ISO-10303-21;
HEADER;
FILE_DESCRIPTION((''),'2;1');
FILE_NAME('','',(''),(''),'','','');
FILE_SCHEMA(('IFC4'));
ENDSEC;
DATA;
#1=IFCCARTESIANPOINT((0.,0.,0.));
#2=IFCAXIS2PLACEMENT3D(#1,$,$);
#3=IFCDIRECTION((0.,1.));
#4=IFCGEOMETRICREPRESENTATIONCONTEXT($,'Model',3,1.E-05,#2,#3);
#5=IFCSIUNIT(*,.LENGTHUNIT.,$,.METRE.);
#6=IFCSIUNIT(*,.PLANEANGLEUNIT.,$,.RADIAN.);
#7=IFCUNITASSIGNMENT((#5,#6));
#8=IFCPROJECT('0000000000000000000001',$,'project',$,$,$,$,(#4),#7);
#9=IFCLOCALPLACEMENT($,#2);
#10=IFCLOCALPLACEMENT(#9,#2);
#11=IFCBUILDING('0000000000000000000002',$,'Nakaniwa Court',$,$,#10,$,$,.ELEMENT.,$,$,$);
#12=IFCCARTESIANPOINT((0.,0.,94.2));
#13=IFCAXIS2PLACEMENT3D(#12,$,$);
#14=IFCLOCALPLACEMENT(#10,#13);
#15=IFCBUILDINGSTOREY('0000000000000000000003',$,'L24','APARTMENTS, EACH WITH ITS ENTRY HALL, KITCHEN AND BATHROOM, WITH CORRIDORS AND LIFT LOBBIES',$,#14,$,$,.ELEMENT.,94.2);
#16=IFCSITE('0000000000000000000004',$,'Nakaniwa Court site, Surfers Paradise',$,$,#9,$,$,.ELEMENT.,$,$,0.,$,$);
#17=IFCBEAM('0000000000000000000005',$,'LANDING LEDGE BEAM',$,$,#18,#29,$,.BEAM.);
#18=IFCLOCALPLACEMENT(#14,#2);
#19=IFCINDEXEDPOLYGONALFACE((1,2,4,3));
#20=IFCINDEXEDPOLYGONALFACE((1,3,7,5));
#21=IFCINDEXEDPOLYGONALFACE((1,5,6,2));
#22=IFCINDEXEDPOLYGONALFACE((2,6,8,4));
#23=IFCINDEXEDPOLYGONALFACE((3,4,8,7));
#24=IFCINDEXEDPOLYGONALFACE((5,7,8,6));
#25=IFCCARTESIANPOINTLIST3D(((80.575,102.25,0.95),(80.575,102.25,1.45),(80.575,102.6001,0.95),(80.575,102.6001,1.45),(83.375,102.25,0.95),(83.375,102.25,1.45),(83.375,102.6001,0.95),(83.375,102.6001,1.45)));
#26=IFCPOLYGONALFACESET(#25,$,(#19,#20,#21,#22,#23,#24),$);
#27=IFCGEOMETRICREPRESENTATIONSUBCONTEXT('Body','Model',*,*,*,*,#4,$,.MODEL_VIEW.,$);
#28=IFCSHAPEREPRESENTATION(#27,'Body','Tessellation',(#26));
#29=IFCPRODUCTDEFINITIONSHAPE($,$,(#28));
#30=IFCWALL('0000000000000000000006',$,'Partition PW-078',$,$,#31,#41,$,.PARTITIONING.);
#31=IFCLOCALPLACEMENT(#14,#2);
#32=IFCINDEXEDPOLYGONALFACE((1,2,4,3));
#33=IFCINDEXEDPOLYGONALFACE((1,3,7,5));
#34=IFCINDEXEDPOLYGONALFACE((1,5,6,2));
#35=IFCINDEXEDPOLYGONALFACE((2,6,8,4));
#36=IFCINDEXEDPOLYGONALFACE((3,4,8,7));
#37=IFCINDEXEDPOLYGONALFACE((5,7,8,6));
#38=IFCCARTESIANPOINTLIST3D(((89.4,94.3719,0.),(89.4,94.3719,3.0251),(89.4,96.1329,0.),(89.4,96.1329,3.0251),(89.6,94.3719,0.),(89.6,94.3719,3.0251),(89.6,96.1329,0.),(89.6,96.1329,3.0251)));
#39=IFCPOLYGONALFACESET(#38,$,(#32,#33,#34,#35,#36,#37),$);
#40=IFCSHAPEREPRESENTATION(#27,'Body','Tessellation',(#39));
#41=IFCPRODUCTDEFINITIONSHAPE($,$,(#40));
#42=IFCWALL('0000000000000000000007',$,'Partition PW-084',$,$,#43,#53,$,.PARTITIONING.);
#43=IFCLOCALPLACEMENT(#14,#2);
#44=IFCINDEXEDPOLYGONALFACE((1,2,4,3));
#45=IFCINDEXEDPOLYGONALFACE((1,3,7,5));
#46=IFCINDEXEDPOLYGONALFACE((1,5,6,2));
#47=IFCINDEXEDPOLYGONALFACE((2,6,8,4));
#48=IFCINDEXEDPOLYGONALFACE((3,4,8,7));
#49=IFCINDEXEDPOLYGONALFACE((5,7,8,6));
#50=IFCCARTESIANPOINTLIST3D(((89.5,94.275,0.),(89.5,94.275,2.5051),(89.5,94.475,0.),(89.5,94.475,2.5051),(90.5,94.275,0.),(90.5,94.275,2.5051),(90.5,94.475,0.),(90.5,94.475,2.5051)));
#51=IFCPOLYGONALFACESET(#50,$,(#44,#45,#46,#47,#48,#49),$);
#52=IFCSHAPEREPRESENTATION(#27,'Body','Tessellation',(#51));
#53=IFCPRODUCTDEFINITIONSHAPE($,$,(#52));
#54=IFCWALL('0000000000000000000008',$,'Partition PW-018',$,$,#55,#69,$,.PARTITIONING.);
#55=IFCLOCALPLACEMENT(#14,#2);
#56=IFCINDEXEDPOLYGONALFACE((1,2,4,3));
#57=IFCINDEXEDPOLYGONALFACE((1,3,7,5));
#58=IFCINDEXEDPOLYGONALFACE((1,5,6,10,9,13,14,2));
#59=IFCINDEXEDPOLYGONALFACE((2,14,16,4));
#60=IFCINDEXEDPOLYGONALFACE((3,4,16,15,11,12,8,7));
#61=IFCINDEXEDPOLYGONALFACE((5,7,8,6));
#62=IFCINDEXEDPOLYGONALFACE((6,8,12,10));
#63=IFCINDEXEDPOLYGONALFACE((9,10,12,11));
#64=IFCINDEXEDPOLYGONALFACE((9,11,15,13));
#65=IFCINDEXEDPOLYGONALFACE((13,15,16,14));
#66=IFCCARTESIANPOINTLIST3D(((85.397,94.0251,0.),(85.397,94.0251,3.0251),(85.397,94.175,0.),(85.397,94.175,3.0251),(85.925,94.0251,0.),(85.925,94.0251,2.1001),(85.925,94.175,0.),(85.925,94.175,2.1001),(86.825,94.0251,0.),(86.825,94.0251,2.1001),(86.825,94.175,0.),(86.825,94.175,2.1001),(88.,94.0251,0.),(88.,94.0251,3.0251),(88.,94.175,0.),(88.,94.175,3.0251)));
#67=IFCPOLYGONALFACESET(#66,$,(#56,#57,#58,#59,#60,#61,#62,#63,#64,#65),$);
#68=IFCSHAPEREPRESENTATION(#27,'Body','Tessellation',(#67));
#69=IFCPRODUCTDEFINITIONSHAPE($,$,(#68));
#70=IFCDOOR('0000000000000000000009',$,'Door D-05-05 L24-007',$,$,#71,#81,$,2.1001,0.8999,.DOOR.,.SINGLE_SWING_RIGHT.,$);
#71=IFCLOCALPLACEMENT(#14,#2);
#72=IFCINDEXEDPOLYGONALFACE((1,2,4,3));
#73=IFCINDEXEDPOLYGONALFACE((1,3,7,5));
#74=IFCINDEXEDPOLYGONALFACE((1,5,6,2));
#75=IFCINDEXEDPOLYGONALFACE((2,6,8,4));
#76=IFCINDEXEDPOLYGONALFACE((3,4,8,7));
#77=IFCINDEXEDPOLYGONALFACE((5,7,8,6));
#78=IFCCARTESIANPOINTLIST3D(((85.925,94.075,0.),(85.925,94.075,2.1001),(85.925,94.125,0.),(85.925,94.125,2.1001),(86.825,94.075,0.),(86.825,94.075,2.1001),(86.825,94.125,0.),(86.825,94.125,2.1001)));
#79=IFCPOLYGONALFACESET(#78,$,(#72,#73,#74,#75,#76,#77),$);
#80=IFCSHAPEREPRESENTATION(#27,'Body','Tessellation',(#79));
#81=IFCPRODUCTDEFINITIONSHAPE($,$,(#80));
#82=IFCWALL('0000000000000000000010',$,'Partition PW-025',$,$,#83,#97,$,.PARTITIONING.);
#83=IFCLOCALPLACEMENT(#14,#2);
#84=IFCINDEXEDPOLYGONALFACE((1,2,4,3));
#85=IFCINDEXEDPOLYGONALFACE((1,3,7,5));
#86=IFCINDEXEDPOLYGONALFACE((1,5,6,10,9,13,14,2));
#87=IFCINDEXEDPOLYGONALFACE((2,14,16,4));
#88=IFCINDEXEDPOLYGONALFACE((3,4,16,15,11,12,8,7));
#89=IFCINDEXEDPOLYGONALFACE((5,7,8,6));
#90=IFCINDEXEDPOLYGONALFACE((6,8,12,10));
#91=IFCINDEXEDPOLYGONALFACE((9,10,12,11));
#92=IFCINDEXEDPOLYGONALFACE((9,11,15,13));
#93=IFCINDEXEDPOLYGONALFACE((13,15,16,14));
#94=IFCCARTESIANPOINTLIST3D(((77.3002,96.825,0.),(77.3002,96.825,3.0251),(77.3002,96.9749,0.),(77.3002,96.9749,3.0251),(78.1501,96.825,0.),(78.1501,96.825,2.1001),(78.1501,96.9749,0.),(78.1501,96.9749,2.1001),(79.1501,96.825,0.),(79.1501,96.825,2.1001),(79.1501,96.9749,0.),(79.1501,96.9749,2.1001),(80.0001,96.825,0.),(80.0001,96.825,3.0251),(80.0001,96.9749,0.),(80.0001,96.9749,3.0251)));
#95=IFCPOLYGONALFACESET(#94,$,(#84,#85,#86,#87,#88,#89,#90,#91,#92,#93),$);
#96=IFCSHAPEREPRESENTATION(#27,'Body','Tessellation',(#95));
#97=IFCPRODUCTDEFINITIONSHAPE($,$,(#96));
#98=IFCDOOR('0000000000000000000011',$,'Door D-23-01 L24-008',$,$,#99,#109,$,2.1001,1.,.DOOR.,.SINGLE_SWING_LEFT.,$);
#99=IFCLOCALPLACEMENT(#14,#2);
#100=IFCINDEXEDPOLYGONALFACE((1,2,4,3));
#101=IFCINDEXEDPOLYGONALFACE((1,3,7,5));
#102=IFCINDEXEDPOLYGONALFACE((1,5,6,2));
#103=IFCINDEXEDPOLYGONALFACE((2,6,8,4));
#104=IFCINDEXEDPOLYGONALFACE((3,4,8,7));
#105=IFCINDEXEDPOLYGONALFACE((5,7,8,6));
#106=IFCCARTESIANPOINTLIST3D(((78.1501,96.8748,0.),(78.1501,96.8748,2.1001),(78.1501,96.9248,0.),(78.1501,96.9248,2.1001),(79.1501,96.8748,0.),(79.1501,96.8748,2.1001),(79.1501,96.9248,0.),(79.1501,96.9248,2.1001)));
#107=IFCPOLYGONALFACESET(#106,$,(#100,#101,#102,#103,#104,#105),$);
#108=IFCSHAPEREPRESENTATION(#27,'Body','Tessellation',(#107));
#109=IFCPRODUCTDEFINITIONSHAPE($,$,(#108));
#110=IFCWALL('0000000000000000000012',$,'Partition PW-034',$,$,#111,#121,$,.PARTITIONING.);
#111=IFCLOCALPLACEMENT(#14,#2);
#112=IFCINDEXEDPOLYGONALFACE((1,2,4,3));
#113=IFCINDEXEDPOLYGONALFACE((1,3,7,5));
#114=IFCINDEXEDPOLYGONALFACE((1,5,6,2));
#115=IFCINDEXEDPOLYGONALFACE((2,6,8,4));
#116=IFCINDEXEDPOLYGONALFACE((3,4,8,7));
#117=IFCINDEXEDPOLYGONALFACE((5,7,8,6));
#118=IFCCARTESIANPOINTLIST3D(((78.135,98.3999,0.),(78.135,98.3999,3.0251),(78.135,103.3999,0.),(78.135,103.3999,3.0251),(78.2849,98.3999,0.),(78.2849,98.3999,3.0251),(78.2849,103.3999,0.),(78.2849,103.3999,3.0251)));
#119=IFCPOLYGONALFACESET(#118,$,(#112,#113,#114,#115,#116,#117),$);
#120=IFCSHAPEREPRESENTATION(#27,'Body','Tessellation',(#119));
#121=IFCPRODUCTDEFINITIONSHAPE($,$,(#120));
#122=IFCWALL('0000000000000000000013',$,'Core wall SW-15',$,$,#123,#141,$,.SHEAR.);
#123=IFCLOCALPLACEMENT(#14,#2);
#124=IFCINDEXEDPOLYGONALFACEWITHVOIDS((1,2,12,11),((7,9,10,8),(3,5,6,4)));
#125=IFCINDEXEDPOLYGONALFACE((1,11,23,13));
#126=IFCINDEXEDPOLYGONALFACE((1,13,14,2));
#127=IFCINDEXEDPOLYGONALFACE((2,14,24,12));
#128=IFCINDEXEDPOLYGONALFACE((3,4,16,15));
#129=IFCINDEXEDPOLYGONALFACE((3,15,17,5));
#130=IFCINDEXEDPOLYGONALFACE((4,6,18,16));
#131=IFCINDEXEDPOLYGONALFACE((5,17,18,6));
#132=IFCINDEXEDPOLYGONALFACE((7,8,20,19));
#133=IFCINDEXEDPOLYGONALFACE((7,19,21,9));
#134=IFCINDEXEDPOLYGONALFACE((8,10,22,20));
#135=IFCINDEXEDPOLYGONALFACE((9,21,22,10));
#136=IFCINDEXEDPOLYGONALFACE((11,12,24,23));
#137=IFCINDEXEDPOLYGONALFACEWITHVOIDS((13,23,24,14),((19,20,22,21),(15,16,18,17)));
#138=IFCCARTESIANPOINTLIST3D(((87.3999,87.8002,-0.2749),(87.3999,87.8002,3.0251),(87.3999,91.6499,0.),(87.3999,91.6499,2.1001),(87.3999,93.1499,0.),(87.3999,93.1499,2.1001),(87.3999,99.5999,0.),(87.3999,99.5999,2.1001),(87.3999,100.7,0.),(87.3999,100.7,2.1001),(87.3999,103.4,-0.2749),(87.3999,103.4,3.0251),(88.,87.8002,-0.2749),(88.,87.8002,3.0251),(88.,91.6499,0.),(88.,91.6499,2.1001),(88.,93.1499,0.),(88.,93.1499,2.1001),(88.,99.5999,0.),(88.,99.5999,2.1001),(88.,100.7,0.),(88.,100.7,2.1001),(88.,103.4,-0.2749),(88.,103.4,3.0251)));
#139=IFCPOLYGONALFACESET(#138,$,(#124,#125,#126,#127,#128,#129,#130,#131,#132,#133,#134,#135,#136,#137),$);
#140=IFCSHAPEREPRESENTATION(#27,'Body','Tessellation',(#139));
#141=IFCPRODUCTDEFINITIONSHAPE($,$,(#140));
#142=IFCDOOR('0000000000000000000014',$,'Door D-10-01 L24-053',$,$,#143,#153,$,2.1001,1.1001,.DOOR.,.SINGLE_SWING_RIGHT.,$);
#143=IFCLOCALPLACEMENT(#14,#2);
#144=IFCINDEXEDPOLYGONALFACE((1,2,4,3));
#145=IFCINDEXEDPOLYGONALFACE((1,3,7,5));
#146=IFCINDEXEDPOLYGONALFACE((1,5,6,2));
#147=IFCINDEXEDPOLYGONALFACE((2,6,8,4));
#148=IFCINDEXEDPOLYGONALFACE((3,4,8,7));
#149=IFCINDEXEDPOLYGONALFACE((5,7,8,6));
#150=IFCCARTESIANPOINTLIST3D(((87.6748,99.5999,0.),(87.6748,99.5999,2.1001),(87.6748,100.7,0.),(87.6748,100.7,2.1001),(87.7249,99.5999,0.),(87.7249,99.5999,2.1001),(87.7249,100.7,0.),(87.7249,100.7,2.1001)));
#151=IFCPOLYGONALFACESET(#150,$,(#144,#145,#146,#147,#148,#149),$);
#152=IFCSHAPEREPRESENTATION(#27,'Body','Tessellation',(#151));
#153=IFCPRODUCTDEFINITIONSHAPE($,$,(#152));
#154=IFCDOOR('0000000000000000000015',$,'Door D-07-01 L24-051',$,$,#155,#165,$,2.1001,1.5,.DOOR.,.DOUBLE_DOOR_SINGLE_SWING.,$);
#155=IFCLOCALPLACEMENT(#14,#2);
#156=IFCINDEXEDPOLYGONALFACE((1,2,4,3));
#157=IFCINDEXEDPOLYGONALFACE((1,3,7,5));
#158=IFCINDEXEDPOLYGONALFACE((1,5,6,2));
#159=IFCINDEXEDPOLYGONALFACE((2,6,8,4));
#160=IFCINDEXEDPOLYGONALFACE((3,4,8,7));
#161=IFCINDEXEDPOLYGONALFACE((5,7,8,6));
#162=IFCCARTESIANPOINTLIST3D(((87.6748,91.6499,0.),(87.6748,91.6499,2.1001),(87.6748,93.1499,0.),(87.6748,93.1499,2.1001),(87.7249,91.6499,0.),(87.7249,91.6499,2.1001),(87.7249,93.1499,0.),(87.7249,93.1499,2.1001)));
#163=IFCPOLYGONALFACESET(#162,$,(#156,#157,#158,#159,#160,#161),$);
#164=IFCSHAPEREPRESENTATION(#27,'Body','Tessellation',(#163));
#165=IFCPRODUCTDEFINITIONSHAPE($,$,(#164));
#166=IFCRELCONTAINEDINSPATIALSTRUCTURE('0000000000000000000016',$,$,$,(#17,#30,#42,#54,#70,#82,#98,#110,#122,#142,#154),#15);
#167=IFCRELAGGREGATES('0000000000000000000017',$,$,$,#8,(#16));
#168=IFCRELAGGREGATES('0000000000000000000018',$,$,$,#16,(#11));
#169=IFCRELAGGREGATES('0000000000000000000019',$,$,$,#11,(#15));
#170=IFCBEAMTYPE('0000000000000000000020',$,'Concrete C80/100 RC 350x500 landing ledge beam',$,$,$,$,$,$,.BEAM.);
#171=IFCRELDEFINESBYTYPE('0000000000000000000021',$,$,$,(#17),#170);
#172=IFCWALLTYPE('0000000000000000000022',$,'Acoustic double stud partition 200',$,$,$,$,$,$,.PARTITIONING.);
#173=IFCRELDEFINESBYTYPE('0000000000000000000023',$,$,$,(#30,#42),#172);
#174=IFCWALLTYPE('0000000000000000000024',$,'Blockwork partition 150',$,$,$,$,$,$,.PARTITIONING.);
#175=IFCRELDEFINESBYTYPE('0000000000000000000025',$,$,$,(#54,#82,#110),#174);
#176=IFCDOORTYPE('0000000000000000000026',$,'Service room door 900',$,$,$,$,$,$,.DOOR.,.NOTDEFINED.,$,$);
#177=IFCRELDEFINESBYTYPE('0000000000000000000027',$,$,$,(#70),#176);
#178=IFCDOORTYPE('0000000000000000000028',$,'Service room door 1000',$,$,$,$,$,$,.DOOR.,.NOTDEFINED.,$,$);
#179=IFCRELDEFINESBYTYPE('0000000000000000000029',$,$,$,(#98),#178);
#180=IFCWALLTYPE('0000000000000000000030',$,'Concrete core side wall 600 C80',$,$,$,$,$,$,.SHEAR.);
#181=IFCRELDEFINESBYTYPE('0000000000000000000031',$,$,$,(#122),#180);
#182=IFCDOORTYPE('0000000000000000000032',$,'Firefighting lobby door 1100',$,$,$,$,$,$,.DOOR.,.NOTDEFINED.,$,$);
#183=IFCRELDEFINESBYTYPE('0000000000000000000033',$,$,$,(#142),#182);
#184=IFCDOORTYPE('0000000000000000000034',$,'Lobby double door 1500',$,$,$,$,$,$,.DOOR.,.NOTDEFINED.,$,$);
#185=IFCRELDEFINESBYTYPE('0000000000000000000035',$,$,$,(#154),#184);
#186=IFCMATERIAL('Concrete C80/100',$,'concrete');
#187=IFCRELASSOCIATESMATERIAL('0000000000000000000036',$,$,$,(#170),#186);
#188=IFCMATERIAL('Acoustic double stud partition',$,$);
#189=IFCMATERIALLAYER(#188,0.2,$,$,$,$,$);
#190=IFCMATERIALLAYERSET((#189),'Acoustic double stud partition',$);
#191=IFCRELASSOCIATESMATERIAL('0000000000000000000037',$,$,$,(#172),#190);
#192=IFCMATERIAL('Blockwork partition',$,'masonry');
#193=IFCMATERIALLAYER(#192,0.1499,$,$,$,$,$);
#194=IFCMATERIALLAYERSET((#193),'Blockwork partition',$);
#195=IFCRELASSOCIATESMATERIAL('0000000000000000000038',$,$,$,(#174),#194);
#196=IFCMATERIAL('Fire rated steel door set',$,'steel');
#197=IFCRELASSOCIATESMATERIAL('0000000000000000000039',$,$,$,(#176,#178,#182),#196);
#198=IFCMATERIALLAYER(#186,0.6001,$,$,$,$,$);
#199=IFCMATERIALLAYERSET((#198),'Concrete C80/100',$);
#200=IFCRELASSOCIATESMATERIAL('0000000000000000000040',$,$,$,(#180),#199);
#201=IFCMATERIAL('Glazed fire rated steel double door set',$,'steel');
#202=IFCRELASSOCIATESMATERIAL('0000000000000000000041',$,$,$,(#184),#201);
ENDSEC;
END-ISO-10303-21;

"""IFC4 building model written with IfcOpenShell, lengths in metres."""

from ifc_helpers import new_model, si_unit, direction, frame, frame_2d, origin, origin_2d, place, context, subcontext, project, spatial, rectangle, extrude, material, layer, layer_set, material_profile, profile_set, type_object, element, fill, save


model = new_model("IFC4")

# Units and contexts
model_context = context("Model", 3, precision=1e-05, world=origin(), true_north=direction((0.0, 1.0)))
body_context = subcontext(model_context, "Body", "Model", "MODEL_VIEW")
ifc_project = project(units=[si_unit("LENGTHUNIT", "METRE"), si_unit("PLANEANGLEUNIT", "RADIAN")], contexts=[model_context])

# Site, building, storey
site_placement = place(None, origin())
site = spatial("IfcSite", under=ifc_project, at=site_placement, Name="Nakaniwa Court site, Surfers Paradise", CompositionType="ELEMENT", RefElevation=0.0)
building_placement = place(site_placement, origin())
building = spatial("IfcBuilding", under=site, at=building_placement, Name="Nakaniwa Court", CompositionType="ELEMENT")
storey_placement = place(building_placement, frame((0.0, 0.0, 94.2)))
storey = spatial("IfcBuildingStorey", under=building, at=storey_placement, Name="L24", Description="APARTMENTS, EACH WITH ITS ENTRY HALL, KITCHEN AND BATHROOM, WITH CORRIDORS AND LIFT LOBBIES", CompositionType="ELEMENT", Elevation=94.2)

# Beam
ifc_material_1 = material(Name="Concrete C80/100", Category="concrete")
ifc_material_profile = material_profile(ifc_material_1, rectangle(XDim=0.3501, YDim=0.5, at=origin_2d()), Name="Concrete C80/100 RC 350x500 landing ledge beam")
ifc_profile_set = profile_set([ifc_material_profile], Name="Concrete C80/100")
beam_type = type_object("IfcBeamType", Name="Concrete C80/100 RC 350x500 landing ledge beam", PredefinedType="BEAM", material=ifc_profile_set)
beam_placement = place(storey_placement, frame((80.575, 102.425, 1.2), z_axis=(1.0, 0.0, 0.0), x_axis=(0.0, 1.0, 0.0)))
element("IfcBeam", 1, at=beam_placement, inside=storey, type_object=beam_type, Name="LANDING LEDGE BEAM", PredefinedType="BEAM", context=body_context, shape_type="SweptSolid", body=[
    extrude(rectangle(XDim=0.3501, YDim=0.5, at=origin_2d()), origin(), (0.0, 0.0, 1.0), 2.8),
])

# Walls
ifc_material_2 = material(Name="Acoustic double stud partition")
ifc_layer_1 = layer(ifc_material_2, 0.2)
ifc_layer_set_1 = layer_set([ifc_layer_1], Name="Acoustic double stud partition")
wall_type_1 = type_object("IfcWallType", Name="Acoustic double stud partition 200", PredefinedType="PARTITIONING", material=ifc_layer_set_1)
wall_1_placement = place(storey_placement, frame((89.5, 94.3721, 0.0), z_axis=(0.0, 0.0, 1.0), x_axis=(0.0, 1.0, 0.0)))
element("IfcWall", 2, at=wall_1_placement, inside=storey, type_object=wall_type_1, Name="Partition PW-078", PredefinedType="PARTITIONING", context=body_context, shape_type="SweptSolid", body=[
    extrude(rectangle(XDim=1.761, YDim=0.2, at=frame_2d((0.8804, 0.0))), origin(), (0.0, 0.0, 1.0), 3.0251),
])
wall_2_placement = place(storey_placement, frame((89.5, 94.375, 0.0), z_axis=(0.0, 0.0, 1.0), x_axis=(1.0, 0.0, 0.0)))
element("IfcWall", 3, at=wall_2_placement, inside=storey, type_object=wall_type_1, Name="Partition PW-084", PredefinedType="PARTITIONING", context=body_context, shape_type="SweptSolid", body=[
    extrude(rectangle(XDim=1.0, YDim=0.2, at=frame_2d((0.5, 0.0))), origin(), (0.0, 0.0, 1.0), 2.5051),
])

# Walls, openings, doors
ifc_material_3 = material(Name="Blockwork partition", Category="masonry")
ifc_layer_2 = layer(ifc_material_3, 0.1499)
ifc_layer_set_2 = layer_set([ifc_layer_2], Name="Blockwork partition")
wall_type_2 = type_object("IfcWallType", Name="Blockwork partition 150", PredefinedType="PARTITIONING", material=ifc_layer_set_2)
wall_3_placement = place(storey_placement, frame((85.397, 94.1001, 0.0), z_axis=(0.0, 0.0, 1.0), x_axis=(1.0, 0.0, 0.0)))
wall_3 = element("IfcWall", 4, at=wall_3_placement, inside=storey, type_object=wall_type_2, Name="Partition PW-018", PredefinedType="PARTITIONING", context=body_context, shape_type="SweptSolid", body=[
    extrude(rectangle(XDim=2.603, YDim=0.1499, at=frame_2d((1.3015, 0.0))), origin(), (0.0, 0.0, 1.0), 3.0251),
])
opening_1_placement = place(wall_3_placement, frame((0.5281, 0.0, 0.0)))
opening_1 = element("IfcOpeningElement", 5, at=opening_1_placement, cuts=wall_3, PredefinedType="OPENING", context=body_context, shape_type="SweptSolid", body=[
    extrude(rectangle(XDim=0.8999, YDim=2.1001, at=frame_2d((0.45, 1.05))), frame((0.0, 0.085, 0.0), z_axis=(0.0, -1.0, 0.0), x_axis=(1.0, 0.0, 0.0)), (0.0, 0.0, 1.0), 0.1699),
])
ifc_material_4 = material(Name="Fire rated steel door set", Category="steel")
door_type_1 = type_object("IfcDoorType", Name="Service room door 900", OperationType="NOTDEFINED", PredefinedType="DOOR", material=ifc_material_4)
door_1_placement = place(opening_1_placement, origin())
door_1 = element("IfcDoor", 6, at=door_1_placement, inside=storey, type_object=door_type_1, Name="Door D-05-05 L24-007", OperationType="SINGLE_SWING_RIGHT", OverallHeight=2.1001, OverallWidth=0.8999, PredefinedType="DOOR", context=body_context, shape_type="SweptSolid", body=[
    extrude(rectangle(XDim=0.8999, YDim=2.1001, at=frame_2d((0.45, 1.05))), frame((0.0, 0.0249, 0.0), z_axis=(0.0, -1.0, 0.0), x_axis=(1.0, 0.0, 0.0)), (0.0, 0.0, 1.0), 0.05),
])
fill(opening_1, door_1)
wall_4_placement = place(storey_placement, frame((77.3, 96.8999, 0.0), z_axis=(0.0, 0.0, 1.0), x_axis=(1.0, 0.0, 0.0)))
wall_4 = element("IfcWall", 7, at=wall_4_placement, inside=storey, type_object=wall_type_2, Name="Partition PW-025", PredefinedType="PARTITIONING", context=body_context, shape_type="SweptSolid", body=[
    extrude(rectangle(XDim=2.7, YDim=0.1499, at=frame_2d((1.3501, 0.0))), origin(), (0.0, 0.0, 1.0), 3.0251),
])
opening_2_placement = place(wall_4_placement, frame((0.8501, 0.0, 0.0)))
opening_2 = element("IfcOpeningElement", 8, at=opening_2_placement, cuts=wall_4, PredefinedType="OPENING", context=body_context, shape_type="SweptSolid", body=[
    extrude(rectangle(XDim=1.0, YDim=2.1001, at=frame_2d((0.5, 1.05))), frame((0.0, 0.085, 0.0), z_axis=(0.0, -1.0, 0.0), x_axis=(1.0, 0.0, 0.0)), (0.0, 0.0, 1.0), 0.1699),
])
door_type_2 = type_object("IfcDoorType", Name="Service room door 1000", OperationType="NOTDEFINED", PredefinedType="DOOR", material=ifc_material_4)
door_2_placement = place(opening_2_placement, origin())
door_2 = element("IfcDoor", 9, at=door_2_placement, inside=storey, type_object=door_type_2, Name="Door D-23-01 L24-008", OperationType="SINGLE_SWING_LEFT", OverallHeight=2.1001, OverallWidth=1.0, PredefinedType="DOOR", context=body_context, shape_type="SweptSolid", body=[
    extrude(rectangle(XDim=1.0, YDim=2.1001, at=frame_2d((0.5, 1.05))), frame((0.0, 0.0249, 0.0), z_axis=(0.0, -1.0, 0.0), x_axis=(1.0, 0.0, 0.0)), (0.0, 0.0, 1.0), 0.05),
])
fill(opening_2, door_2)

# Wall
wall_5_placement = place(storey_placement, frame((78.21, 98.3999, 0.0), z_axis=(0.0, 0.0, 1.0), x_axis=(0.0, 1.0, 0.0)))
element("IfcWall", 10, at=wall_5_placement, inside=storey, type_object=wall_type_2, Name="Partition PW-034", PredefinedType="PARTITIONING", context=body_context, shape_type="SweptSolid", body=[
    extrude(rectangle(XDim=5.0, YDim=0.1499, at=frame_2d((2.5, 0.0))), origin(), (0.0, 0.0, 1.0), 3.0251),
])

# Wall, openings, doors
ifc_layer_3 = layer(ifc_material_1, 0.6001)
ifc_layer_set_3 = layer_set([ifc_layer_3], Name="Concrete C80/100")
wall_type_3 = type_object("IfcWallType", Name="Concrete core side wall 600 C80", PredefinedType="SHEAR", material=ifc_layer_set_3)
wall_6_placement = place(storey_placement, frame((87.7, 103.3999, -0.2749), z_axis=(0.0, 0.0, 1.0), x_axis=(0.0, -1.0, 0.0)))
wall_6 = element("IfcWall", 11, at=wall_6_placement, inside=storey, type_object=wall_type_3, Name="Core wall SW-15", PredefinedType="SHEAR", context=body_context, shape_type="SweptSolid", body=[
    extrude(rectangle(XDim=15.5999, YDim=0.6001, at=frame_2d((7.7998, 0.0))), origin(), (0.0, 0.0, 1.0), 3.3),
])
opening_3_placement = place(wall_6_placement, frame((10.25, 0.0, 0.2749)))
opening_3 = element("IfcOpeningElement", 12, at=opening_3_placement, cuts=wall_6, PredefinedType="OPENING", context=body_context, shape_type="SweptSolid", body=[
    extrude(rectangle(XDim=1.5, YDim=2.1001, at=frame_2d((0.75, 1.05))), frame((0.0, 0.3101, 0.0), z_axis=(0.0, -1.0, 0.0), x_axis=(1.0, 0.0, 0.0)), (0.0, 0.0, 1.0), 0.6201),
])
opening_4_placement = place(wall_6_placement, frame((2.7, 0.0, 0.2749)))
opening_4 = element("IfcOpeningElement", 13, at=opening_4_placement, cuts=wall_6, PredefinedType="OPENING", context=body_context, shape_type="SweptSolid", body=[
    extrude(rectangle(XDim=1.1001, YDim=2.1001, at=frame_2d((0.55, 1.05))), frame((0.0, 0.3101, 0.0), z_axis=(0.0, -1.0, 0.0), x_axis=(1.0, 0.0, 0.0)), (0.0, 0.0, 1.0), 0.6201),
])
door_type_3 = type_object("IfcDoorType", Name="Firefighting lobby door 1100", OperationType="NOTDEFINED", PredefinedType="DOOR", material=ifc_material_4)
door_3_placement = place(opening_4_placement, origin())
door_3 = element("IfcDoor", 14, at=door_3_placement, inside=storey, type_object=door_type_3, Name="Door D-10-01 L24-053", OperationType="SINGLE_SWING_RIGHT", OverallHeight=2.1001, OverallWidth=1.1001, PredefinedType="DOOR", context=body_context, shape_type="SweptSolid", body=[
    extrude(rectangle(XDim=1.1001, YDim=2.1001, at=frame_2d((0.55, 1.05))), frame((0.0, 0.0249, 0.0), z_axis=(0.0, -1.0, 0.0), x_axis=(1.0, 0.0, 0.0)), (0.0, 0.0, 1.0), 0.05),
])
fill(opening_4, door_3)
ifc_material_5 = material(Name="Glazed fire rated steel double door set", Category="steel")
door_type_4 = type_object("IfcDoorType", Name="Lobby double door 1500", OperationType="NOTDEFINED", PredefinedType="DOOR", material=ifc_material_5)
door_4_placement = place(opening_3_placement, origin())
door_4 = element("IfcDoor", 15, at=door_4_placement, inside=storey, type_object=door_type_4, Name="Door D-07-01 L24-051", OperationType="DOUBLE_DOOR_SINGLE_SWING", OverallHeight=2.1001, OverallWidth=1.5, PredefinedType="DOOR", context=body_context, shape_type="SweptSolid", body=[
    extrude(rectangle(XDim=1.5, YDim=2.1001, at=frame_2d((0.75, 1.05))), frame((0.0, 0.0249, 0.0), z_axis=(0.0, -1.0, 0.0), x_axis=(1.0, 0.0, 0.0)), (0.0, 0.0, 1.0), 0.05),
])
fill(opening_3, door_4)

save(model, "model.ifc")
